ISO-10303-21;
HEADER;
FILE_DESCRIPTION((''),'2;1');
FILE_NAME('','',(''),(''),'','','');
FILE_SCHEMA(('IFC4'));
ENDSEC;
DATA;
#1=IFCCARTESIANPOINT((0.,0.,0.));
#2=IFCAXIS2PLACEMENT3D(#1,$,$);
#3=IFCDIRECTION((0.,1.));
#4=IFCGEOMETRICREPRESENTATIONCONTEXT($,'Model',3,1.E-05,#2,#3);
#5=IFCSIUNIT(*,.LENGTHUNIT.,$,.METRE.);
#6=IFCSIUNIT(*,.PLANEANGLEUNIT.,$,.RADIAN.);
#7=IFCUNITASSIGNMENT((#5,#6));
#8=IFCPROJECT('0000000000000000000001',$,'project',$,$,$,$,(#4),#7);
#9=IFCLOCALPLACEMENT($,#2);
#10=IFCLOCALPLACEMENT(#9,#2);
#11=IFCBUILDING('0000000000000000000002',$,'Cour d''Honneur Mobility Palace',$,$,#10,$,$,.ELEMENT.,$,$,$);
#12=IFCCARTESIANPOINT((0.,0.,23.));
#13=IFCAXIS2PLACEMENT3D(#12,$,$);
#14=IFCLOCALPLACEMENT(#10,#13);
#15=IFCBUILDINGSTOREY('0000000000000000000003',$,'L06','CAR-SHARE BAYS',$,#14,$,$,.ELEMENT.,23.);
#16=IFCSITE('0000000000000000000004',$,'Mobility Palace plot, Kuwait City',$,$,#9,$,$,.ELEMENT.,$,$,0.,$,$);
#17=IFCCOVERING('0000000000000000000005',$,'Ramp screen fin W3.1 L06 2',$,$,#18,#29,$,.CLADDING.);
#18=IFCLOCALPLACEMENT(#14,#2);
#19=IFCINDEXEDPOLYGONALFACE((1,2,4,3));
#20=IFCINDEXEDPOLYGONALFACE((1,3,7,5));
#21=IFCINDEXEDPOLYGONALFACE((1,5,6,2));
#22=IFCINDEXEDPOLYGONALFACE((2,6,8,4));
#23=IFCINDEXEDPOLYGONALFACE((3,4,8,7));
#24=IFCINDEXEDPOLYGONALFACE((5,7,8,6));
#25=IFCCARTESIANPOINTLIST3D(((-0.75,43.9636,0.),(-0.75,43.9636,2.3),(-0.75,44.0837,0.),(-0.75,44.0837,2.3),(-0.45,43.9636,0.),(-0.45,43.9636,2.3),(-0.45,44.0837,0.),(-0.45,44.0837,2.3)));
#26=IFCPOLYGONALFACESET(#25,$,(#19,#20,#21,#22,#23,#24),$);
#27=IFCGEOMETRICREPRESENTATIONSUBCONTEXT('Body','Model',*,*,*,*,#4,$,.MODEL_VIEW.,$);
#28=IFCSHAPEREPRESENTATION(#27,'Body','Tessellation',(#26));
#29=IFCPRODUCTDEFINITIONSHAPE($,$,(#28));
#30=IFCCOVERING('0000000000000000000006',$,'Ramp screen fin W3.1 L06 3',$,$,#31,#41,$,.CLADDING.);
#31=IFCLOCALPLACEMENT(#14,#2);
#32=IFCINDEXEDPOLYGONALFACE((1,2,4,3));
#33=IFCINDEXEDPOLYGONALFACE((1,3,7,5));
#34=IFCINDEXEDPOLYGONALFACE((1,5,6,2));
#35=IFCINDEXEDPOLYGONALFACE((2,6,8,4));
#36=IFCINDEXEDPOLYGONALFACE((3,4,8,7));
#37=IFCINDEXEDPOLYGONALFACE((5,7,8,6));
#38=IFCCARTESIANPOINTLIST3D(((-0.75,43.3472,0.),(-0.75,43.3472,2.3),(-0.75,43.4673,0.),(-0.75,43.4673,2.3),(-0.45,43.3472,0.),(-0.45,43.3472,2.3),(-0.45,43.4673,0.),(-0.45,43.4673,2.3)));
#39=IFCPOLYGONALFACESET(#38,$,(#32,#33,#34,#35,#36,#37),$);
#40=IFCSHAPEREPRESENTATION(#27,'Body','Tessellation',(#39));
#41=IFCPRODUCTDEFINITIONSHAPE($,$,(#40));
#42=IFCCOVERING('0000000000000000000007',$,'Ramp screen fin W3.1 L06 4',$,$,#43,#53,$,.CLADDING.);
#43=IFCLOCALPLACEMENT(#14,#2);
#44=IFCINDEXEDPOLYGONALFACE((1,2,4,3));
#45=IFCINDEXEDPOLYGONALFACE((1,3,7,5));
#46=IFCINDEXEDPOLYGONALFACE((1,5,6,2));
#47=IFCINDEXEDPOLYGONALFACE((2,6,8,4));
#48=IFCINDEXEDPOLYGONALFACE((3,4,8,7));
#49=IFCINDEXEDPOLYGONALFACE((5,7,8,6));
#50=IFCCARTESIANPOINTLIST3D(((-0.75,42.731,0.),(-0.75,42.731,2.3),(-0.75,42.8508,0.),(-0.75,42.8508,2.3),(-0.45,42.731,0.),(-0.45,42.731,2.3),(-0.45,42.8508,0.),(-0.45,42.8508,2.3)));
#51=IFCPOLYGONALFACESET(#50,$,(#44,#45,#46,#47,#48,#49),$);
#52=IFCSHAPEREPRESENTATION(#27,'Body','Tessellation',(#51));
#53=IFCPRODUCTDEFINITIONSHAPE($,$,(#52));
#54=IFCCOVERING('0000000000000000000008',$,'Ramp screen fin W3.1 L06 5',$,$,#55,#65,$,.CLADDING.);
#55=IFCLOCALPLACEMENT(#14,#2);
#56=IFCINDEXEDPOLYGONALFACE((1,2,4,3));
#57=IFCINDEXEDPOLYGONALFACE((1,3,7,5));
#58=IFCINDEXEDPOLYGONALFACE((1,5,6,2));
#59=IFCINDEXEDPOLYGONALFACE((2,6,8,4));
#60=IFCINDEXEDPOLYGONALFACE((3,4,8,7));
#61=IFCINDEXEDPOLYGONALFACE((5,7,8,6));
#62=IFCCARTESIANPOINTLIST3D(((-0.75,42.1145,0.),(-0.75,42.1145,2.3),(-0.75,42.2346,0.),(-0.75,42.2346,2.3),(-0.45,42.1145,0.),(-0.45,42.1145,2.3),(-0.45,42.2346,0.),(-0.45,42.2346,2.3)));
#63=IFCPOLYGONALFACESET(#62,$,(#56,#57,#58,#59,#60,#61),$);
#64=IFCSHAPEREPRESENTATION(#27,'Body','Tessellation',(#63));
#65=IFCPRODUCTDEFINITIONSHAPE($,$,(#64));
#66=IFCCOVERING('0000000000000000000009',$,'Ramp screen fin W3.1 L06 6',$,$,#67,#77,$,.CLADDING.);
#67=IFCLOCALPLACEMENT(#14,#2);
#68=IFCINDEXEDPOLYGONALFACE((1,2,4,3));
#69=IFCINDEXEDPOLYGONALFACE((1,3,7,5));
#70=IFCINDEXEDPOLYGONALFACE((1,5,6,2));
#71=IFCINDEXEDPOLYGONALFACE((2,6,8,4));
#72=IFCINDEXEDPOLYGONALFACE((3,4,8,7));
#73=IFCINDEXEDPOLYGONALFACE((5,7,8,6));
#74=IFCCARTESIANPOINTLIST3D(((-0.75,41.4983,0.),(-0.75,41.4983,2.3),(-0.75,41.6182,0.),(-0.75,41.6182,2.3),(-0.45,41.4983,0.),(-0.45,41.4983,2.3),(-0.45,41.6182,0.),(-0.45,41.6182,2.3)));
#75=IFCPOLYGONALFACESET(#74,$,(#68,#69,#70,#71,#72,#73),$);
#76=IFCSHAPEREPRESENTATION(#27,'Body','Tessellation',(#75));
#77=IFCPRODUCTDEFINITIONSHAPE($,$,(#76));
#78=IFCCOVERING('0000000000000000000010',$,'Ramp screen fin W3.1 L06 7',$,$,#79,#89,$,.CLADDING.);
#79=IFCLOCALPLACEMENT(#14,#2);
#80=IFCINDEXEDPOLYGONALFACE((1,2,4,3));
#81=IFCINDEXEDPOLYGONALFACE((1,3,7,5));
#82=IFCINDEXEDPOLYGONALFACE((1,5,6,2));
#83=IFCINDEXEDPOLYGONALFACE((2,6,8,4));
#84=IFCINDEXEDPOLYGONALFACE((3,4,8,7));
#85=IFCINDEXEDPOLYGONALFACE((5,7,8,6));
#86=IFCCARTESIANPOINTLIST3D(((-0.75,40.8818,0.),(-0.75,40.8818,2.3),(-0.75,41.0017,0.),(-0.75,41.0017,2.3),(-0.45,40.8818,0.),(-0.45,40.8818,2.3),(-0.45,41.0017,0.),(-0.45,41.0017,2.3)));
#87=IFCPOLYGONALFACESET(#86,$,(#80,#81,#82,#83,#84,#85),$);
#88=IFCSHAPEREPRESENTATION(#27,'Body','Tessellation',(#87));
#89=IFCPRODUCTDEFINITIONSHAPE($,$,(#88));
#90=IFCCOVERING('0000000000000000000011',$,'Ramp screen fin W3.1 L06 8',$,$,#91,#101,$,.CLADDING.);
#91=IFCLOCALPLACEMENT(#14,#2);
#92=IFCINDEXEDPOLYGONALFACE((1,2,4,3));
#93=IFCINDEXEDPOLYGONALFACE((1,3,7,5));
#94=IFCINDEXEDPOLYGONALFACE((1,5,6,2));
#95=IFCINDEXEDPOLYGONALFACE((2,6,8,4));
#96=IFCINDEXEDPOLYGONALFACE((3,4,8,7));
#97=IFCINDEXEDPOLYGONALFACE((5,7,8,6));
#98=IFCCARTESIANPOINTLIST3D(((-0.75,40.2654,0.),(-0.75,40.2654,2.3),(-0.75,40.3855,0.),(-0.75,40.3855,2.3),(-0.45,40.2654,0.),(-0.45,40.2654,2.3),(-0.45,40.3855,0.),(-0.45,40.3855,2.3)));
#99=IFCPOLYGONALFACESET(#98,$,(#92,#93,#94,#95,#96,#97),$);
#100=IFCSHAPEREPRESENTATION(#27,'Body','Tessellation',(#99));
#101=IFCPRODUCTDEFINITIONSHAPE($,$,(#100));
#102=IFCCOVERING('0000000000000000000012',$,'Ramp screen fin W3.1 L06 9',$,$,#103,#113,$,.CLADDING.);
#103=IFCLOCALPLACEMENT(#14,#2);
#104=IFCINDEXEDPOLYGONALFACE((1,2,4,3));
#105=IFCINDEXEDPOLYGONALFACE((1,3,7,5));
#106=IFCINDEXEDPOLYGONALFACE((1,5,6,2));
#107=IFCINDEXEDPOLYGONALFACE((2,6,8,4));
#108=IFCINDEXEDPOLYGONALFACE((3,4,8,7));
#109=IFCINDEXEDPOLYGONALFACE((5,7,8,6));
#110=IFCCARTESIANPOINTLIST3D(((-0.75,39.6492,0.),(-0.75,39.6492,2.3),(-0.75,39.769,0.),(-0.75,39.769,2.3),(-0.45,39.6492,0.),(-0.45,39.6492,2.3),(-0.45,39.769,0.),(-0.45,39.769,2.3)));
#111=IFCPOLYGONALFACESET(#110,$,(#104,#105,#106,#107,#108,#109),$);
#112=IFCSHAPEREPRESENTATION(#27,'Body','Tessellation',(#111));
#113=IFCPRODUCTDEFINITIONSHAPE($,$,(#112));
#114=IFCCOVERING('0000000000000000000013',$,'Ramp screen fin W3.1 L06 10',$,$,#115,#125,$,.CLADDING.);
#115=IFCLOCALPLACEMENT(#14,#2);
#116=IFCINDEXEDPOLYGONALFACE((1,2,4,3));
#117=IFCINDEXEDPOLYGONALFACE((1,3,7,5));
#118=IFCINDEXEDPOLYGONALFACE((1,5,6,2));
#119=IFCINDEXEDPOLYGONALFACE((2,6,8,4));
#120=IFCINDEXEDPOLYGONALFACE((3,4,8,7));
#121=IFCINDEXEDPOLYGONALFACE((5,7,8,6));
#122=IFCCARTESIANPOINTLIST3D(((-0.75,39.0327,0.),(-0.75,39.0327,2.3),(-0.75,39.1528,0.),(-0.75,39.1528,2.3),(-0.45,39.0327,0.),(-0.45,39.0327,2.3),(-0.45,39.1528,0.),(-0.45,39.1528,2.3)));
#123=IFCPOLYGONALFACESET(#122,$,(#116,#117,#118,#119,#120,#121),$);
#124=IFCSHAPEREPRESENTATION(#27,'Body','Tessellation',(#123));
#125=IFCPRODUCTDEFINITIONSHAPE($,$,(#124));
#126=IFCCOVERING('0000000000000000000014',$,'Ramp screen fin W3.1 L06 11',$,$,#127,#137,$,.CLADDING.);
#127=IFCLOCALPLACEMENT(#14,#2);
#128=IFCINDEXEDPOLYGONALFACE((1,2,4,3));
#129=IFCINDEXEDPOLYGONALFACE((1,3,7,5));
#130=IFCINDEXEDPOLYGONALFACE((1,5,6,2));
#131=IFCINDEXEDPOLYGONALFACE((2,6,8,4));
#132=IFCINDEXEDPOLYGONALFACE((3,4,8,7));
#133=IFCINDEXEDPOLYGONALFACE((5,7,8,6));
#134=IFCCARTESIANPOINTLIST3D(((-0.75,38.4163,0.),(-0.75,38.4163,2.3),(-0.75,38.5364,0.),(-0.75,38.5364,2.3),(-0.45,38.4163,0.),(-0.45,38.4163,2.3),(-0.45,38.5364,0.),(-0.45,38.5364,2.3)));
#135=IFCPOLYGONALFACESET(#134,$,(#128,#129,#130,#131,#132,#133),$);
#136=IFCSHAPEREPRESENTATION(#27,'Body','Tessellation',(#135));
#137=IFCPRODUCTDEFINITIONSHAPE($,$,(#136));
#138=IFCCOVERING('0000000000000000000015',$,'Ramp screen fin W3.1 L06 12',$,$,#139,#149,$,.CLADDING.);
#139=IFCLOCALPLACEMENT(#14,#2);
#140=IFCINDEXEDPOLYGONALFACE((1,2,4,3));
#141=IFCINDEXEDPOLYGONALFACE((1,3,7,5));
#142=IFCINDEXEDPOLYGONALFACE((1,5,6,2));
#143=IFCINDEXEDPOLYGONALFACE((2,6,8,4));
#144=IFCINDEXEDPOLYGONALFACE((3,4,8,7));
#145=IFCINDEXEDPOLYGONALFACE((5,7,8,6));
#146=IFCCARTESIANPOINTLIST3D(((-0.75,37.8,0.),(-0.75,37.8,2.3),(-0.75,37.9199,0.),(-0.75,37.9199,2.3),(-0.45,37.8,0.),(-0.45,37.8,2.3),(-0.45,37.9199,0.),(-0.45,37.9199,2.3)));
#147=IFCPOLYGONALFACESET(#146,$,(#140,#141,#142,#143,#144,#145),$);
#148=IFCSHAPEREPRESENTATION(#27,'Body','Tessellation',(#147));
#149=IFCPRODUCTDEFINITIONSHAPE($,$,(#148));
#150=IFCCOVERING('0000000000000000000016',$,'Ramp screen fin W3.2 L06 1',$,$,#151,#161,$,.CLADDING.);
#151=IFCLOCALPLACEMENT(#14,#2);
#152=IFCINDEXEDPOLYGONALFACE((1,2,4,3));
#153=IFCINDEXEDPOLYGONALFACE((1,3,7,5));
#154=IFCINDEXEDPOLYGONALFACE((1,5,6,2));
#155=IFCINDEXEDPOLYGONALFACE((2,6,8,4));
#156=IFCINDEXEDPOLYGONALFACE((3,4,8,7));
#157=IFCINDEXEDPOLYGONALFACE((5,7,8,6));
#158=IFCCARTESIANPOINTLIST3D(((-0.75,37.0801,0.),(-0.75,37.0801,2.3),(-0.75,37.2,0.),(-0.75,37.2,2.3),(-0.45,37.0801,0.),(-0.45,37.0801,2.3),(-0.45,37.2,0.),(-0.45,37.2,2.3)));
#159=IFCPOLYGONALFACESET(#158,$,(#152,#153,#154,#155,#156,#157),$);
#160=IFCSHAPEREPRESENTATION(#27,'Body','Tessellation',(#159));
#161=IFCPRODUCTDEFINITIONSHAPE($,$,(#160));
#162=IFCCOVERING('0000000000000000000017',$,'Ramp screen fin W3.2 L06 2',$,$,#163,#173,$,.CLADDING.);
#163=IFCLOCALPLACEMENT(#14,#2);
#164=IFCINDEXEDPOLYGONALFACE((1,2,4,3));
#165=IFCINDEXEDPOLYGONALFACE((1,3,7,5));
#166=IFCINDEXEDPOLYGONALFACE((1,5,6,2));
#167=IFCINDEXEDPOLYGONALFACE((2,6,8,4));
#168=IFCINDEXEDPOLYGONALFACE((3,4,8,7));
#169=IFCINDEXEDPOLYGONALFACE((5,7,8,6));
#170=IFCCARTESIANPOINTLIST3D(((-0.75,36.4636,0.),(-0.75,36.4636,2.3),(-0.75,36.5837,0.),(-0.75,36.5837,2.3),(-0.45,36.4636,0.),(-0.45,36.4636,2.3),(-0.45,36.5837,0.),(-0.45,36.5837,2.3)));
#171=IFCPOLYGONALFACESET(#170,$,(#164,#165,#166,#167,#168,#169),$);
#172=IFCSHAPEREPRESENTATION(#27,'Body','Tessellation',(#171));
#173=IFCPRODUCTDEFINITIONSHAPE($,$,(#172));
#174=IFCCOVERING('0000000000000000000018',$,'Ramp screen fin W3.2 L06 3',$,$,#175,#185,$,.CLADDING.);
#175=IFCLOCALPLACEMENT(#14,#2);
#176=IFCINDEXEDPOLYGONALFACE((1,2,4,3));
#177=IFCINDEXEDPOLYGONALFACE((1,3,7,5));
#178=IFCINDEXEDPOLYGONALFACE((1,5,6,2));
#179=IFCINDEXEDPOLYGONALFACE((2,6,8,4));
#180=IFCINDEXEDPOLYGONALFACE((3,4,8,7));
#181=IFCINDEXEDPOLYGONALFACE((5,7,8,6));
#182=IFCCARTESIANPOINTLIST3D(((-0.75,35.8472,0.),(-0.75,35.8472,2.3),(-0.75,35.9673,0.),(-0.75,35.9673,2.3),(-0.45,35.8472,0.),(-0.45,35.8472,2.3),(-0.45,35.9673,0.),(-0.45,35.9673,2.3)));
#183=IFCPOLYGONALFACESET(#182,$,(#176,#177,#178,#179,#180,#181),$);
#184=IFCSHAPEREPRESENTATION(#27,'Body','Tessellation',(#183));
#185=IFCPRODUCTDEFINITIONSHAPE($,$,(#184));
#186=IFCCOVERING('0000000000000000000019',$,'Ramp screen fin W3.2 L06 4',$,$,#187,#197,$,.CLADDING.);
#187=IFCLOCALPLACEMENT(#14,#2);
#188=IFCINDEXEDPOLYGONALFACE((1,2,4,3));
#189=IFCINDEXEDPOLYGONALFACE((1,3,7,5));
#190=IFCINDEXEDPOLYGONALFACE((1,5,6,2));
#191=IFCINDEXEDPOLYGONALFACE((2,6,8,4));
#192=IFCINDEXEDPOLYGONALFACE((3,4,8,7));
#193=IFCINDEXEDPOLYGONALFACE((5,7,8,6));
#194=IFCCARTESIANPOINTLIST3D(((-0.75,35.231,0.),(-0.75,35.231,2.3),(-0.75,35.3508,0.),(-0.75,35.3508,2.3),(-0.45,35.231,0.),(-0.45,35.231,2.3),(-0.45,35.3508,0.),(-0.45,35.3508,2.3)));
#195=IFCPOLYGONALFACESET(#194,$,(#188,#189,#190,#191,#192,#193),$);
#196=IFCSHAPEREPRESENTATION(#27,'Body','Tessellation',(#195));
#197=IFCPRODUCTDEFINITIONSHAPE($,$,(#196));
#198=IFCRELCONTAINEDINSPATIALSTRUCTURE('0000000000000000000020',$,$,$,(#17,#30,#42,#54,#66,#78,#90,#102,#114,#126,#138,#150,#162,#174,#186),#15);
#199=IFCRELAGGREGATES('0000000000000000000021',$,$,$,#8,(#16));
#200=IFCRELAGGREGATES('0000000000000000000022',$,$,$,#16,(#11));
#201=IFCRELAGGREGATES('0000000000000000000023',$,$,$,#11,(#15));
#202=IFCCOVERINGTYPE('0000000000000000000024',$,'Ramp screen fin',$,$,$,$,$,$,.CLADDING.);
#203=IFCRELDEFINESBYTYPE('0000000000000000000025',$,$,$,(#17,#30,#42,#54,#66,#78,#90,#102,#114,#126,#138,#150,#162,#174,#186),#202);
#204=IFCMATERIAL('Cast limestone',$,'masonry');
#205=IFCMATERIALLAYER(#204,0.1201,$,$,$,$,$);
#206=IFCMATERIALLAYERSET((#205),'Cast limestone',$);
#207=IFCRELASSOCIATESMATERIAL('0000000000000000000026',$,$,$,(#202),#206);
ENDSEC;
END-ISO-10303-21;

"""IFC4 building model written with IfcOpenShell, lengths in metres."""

from ifc_helpers import new_model, si_unit, direction, frame, origin, place, context, subcontext, project, spatial, polyline, outline, extrude, material, layer, layer_set, type_object, element, save


model = new_model("IFC4")

# Units and contexts
model_context = context("Model", 3, precision=1e-05, world=origin(), true_north=direction((0.0, 1.0)))
body_context = subcontext(model_context, "Body", "Model", "MODEL_VIEW")
ifc_project = project(units=[si_unit("LENGTHUNIT", "METRE"), si_unit("PLANEANGLEUNIT", "RADIAN")], contexts=[model_context])

# Site, building, storey
site_placement = place(None, origin())
site = spatial("IfcSite", under=ifc_project, at=site_placement, Name="Mobility Palace plot, Kuwait City", CompositionType="ELEMENT", RefElevation=0.0)
building_placement = place(site_placement, origin())
building = spatial("IfcBuilding", under=site, at=building_placement, Name="Cour d'Honneur Mobility Palace", CompositionType="ELEMENT")
storey_placement = place(building_placement, frame((0.0, 0.0, 23.0)))
storey = spatial("IfcBuildingStorey", under=building, at=storey_placement, Name="L06", Description="CAR-SHARE BAYS", CompositionType="ELEMENT", Elevation=23.0)

# Coverings
ifc_material_1 = material(Name="Cast limestone", Category="masonry")
ifc_layer_1 = layer(ifc_material_1, 0.1201)
ifc_layer_set_1 = layer_set([ifc_layer_1], Name="Cast limestone")
covering_type_1 = type_object("IfcCoveringType", Name="Ramp screen fin", PredefinedType="CLADDING", material=ifc_layer_set_1)
covering_1_placement = place(storey_placement, origin())
element("IfcCovering", 1, at=covering_1_placement, inside=storey, type_object=covering_type_1, Name="Ramp screen fin W3.1 L06 2", PredefinedType="CLADDING", context=body_context, shape_type="SweptSolid", body=[
    extrude(outline(polyline([(-0.45, 44.0837), (-0.45, 43.9636), (-0.75, 43.9636), (-0.75, 44.0837), (-0.45, 44.0837)])), origin(), (0.0, 0.0, 1.0), 2.3),
])
covering_2_placement = place(storey_placement, origin())
element("IfcCovering", 2, at=covering_2_placement, inside=storey, type_object=covering_type_1, Name="Ramp screen fin W3.1 L06 3", PredefinedType="CLADDING", context=body_context, shape_type="SweptSolid", body=[
    extrude(outline(polyline([(-0.45, 43.4673), (-0.45, 43.3472), (-0.75, 43.3472), (-0.75, 43.4673), (-0.45, 43.4673)])), origin(), (0.0, 0.0, 1.0), 2.3),
])
covering_3_placement = place(storey_placement, origin())
element("IfcCovering", 3, at=covering_3_placement, inside=storey, type_object=covering_type_1, Name="Ramp screen fin W3.1 L06 4", PredefinedType="CLADDING", context=body_context, shape_type="SweptSolid", body=[
    extrude(outline(polyline([(-0.45, 42.8508), (-0.45, 42.731), (-0.75, 42.731), (-0.75, 42.8508), (-0.45, 42.8508)])), origin(), (0.0, 0.0, 1.0), 2.3),
])
covering_4_placement = place(storey_placement, origin())
element("IfcCovering", 4, at=covering_4_placement, inside=storey, type_object=covering_type_1, Name="Ramp screen fin W3.1 L06 5", PredefinedType="CLADDING", context=body_context, shape_type="SweptSolid", body=[
    extrude(outline(polyline([(-0.45, 42.2346), (-0.45, 42.1145), (-0.75, 42.1145), (-0.75, 42.2346), (-0.45, 42.2346)])), origin(), (0.0, 0.0, 1.0), 2.3),
])
covering_5_placement = place(storey_placement, origin())
element("IfcCovering", 5, at=covering_5_placement, inside=storey, type_object=covering_type_1, Name="Ramp screen fin W3.1 L06 6", PredefinedType="CLADDING", context=body_context, shape_type="SweptSolid", body=[
    extrude(outline(polyline([(-0.45, 41.6182), (-0.45, 41.4983), (-0.75, 41.4983), (-0.75, 41.6182), (-0.45, 41.6182)])), origin(), (0.0, 0.0, 1.0), 2.3),
])
covering_6_placement = place(storey_placement, origin())
element("IfcCovering", 6, at=covering_6_placement, inside=storey, type_object=covering_type_1, Name="Ramp screen fin W3.1 L06 7", PredefinedType="CLADDING", context=body_context, shape_type="SweptSolid", body=[
    extrude(outline(polyline([(-0.45, 41.0017), (-0.45, 40.8818), (-0.75, 40.8818), (-0.75, 41.0017), (-0.45, 41.0017)])), origin(), (0.0, 0.0, 1.0), 2.3),
])
covering_7_placement = place(storey_placement, origin())
element("IfcCovering", 7, at=covering_7_placement, inside=storey, type_object=covering_type_1, Name="Ramp screen fin W3.1 L06 8", PredefinedType="CLADDING", context=body_context, shape_type="SweptSolid", body=[
    extrude(outline(polyline([(-0.45, 40.3855), (-0.45, 40.2654), (-0.75, 40.2654), (-0.75, 40.3855), (-0.45, 40.3855)])), origin(), (0.0, 0.0, 1.0), 2.3),
])
covering_8_placement = place(storey_placement, origin())
element("IfcCovering", 8, at=covering_8_placement, inside=storey, type_object=covering_type_1, Name="Ramp screen fin W3.1 L06 9", PredefinedType="CLADDING", context=body_context, shape_type="SweptSolid", body=[
    extrude(outline(polyline([(-0.45, 39.769), (-0.45, 39.6492), (-0.75, 39.6492), (-0.75, 39.769), (-0.45, 39.769)])), origin(), (0.0, 0.0, 1.0), 2.3),
])
covering_9_placement = place(storey_placement, origin())
element("IfcCovering", 9, at=covering_9_placement, inside=storey, type_object=covering_type_1, Name="Ramp screen fin W3.1 L06 10", PredefinedType="CLADDING", context=body_context, shape_type="SweptSolid", body=[
    extrude(outline(polyline([(-0.45, 39.1528), (-0.45, 39.0327), (-0.75, 39.0327), (-0.75, 39.1528), (-0.45, 39.1528)])), origin(), (0.0, 0.0, 1.0), 2.3),
])
covering_10_placement = place(storey_placement, origin())
element("IfcCovering", 10, at=covering_10_placement, inside=storey, type_object=covering_type_1, Name="Ramp screen fin W3.1 L06 11", PredefinedType="CLADDING", context=body_context, shape_type="SweptSolid", body=[
    extrude(outline(polyline([(-0.45, 38.5364), (-0.45, 38.4163), (-0.75, 38.4163), (-0.75, 38.5364), (-0.45, 38.5364)])), origin(), (0.0, 0.0, 1.0), 2.3),
])
covering_11_placement = place(storey_placement, origin())
element("IfcCovering", 11, at=covering_11_placement, inside=storey, type_object=covering_type_1, Name="Ramp screen fin W3.1 L06 12", PredefinedType="CLADDING", context=body_context, shape_type="SweptSolid", body=[
    extrude(outline(polyline([(-0.45, 37.9199), (-0.45, 37.8), (-0.75, 37.8), (-0.75, 37.9199), (-0.45, 37.9199)])), origin(), (0.0, 0.0, 1.0), 2.3),
])
covering_12_placement = place(storey_placement, origin())
element("IfcCovering", 12, at=covering_12_placement, inside=storey, type_object=covering_type_1, Name="Ramp screen fin W3.2 L06 1", PredefinedType="CLADDING", context=body_context, shape_type="SweptSolid", body=[
    extrude(outline(polyline([(-0.45, 37.2), (-0.45, 37.0801), (-0.75, 37.0801), (-0.75, 37.2), (-0.45, 37.2)])), origin(), (0.0, 0.0, 1.0), 2.3),
])
covering_13_placement = place(storey_placement, origin())
element("IfcCovering", 13, at=covering_13_placement, inside=storey, type_object=covering_type_1, Name="Ramp screen fin W3.2 L06 2", PredefinedType="CLADDING", context=body_context, shape_type="SweptSolid", body=[
    extrude(outline(polyline([(-0.45, 36.5837), (-0.45, 36.4636), (-0.75, 36.4636), (-0.75, 36.5837), (-0.45, 36.5837)])), origin(), (0.0, 0.0, 1.0), 2.3),
])
covering_14_placement = place(storey_placement, origin())
element("IfcCovering", 14, at=covering_14_placement, inside=storey, type_object=covering_type_1, Name="Ramp screen fin W3.2 L06 3", PredefinedType="CLADDING", context=body_context, shape_type="SweptSolid", body=[
    extrude(outline(polyline([(-0.45, 35.9673), (-0.45, 35.8472), (-0.75, 35.8472), (-0.75, 35.9673), (-0.45, 35.9673)])), origin(), (0.0, 0.0, 1.0), 2.3),
])
covering_15_placement = place(storey_placement, origin())
element("IfcCovering", 15, at=covering_15_placement, inside=storey, type_object=covering_type_1, Name="Ramp screen fin W3.2 L06 4", PredefinedType="CLADDING", context=body_context, shape_type="SweptSolid", body=[
    extrude(outline(polyline([(-0.45, 35.3508), (-0.45, 35.231), (-0.75, 35.231), (-0.75, 35.3508), (-0.45, 35.3508)])), origin(), (0.0, 0.0, 1.0), 2.3),
])

save(model, "model.ifc")
